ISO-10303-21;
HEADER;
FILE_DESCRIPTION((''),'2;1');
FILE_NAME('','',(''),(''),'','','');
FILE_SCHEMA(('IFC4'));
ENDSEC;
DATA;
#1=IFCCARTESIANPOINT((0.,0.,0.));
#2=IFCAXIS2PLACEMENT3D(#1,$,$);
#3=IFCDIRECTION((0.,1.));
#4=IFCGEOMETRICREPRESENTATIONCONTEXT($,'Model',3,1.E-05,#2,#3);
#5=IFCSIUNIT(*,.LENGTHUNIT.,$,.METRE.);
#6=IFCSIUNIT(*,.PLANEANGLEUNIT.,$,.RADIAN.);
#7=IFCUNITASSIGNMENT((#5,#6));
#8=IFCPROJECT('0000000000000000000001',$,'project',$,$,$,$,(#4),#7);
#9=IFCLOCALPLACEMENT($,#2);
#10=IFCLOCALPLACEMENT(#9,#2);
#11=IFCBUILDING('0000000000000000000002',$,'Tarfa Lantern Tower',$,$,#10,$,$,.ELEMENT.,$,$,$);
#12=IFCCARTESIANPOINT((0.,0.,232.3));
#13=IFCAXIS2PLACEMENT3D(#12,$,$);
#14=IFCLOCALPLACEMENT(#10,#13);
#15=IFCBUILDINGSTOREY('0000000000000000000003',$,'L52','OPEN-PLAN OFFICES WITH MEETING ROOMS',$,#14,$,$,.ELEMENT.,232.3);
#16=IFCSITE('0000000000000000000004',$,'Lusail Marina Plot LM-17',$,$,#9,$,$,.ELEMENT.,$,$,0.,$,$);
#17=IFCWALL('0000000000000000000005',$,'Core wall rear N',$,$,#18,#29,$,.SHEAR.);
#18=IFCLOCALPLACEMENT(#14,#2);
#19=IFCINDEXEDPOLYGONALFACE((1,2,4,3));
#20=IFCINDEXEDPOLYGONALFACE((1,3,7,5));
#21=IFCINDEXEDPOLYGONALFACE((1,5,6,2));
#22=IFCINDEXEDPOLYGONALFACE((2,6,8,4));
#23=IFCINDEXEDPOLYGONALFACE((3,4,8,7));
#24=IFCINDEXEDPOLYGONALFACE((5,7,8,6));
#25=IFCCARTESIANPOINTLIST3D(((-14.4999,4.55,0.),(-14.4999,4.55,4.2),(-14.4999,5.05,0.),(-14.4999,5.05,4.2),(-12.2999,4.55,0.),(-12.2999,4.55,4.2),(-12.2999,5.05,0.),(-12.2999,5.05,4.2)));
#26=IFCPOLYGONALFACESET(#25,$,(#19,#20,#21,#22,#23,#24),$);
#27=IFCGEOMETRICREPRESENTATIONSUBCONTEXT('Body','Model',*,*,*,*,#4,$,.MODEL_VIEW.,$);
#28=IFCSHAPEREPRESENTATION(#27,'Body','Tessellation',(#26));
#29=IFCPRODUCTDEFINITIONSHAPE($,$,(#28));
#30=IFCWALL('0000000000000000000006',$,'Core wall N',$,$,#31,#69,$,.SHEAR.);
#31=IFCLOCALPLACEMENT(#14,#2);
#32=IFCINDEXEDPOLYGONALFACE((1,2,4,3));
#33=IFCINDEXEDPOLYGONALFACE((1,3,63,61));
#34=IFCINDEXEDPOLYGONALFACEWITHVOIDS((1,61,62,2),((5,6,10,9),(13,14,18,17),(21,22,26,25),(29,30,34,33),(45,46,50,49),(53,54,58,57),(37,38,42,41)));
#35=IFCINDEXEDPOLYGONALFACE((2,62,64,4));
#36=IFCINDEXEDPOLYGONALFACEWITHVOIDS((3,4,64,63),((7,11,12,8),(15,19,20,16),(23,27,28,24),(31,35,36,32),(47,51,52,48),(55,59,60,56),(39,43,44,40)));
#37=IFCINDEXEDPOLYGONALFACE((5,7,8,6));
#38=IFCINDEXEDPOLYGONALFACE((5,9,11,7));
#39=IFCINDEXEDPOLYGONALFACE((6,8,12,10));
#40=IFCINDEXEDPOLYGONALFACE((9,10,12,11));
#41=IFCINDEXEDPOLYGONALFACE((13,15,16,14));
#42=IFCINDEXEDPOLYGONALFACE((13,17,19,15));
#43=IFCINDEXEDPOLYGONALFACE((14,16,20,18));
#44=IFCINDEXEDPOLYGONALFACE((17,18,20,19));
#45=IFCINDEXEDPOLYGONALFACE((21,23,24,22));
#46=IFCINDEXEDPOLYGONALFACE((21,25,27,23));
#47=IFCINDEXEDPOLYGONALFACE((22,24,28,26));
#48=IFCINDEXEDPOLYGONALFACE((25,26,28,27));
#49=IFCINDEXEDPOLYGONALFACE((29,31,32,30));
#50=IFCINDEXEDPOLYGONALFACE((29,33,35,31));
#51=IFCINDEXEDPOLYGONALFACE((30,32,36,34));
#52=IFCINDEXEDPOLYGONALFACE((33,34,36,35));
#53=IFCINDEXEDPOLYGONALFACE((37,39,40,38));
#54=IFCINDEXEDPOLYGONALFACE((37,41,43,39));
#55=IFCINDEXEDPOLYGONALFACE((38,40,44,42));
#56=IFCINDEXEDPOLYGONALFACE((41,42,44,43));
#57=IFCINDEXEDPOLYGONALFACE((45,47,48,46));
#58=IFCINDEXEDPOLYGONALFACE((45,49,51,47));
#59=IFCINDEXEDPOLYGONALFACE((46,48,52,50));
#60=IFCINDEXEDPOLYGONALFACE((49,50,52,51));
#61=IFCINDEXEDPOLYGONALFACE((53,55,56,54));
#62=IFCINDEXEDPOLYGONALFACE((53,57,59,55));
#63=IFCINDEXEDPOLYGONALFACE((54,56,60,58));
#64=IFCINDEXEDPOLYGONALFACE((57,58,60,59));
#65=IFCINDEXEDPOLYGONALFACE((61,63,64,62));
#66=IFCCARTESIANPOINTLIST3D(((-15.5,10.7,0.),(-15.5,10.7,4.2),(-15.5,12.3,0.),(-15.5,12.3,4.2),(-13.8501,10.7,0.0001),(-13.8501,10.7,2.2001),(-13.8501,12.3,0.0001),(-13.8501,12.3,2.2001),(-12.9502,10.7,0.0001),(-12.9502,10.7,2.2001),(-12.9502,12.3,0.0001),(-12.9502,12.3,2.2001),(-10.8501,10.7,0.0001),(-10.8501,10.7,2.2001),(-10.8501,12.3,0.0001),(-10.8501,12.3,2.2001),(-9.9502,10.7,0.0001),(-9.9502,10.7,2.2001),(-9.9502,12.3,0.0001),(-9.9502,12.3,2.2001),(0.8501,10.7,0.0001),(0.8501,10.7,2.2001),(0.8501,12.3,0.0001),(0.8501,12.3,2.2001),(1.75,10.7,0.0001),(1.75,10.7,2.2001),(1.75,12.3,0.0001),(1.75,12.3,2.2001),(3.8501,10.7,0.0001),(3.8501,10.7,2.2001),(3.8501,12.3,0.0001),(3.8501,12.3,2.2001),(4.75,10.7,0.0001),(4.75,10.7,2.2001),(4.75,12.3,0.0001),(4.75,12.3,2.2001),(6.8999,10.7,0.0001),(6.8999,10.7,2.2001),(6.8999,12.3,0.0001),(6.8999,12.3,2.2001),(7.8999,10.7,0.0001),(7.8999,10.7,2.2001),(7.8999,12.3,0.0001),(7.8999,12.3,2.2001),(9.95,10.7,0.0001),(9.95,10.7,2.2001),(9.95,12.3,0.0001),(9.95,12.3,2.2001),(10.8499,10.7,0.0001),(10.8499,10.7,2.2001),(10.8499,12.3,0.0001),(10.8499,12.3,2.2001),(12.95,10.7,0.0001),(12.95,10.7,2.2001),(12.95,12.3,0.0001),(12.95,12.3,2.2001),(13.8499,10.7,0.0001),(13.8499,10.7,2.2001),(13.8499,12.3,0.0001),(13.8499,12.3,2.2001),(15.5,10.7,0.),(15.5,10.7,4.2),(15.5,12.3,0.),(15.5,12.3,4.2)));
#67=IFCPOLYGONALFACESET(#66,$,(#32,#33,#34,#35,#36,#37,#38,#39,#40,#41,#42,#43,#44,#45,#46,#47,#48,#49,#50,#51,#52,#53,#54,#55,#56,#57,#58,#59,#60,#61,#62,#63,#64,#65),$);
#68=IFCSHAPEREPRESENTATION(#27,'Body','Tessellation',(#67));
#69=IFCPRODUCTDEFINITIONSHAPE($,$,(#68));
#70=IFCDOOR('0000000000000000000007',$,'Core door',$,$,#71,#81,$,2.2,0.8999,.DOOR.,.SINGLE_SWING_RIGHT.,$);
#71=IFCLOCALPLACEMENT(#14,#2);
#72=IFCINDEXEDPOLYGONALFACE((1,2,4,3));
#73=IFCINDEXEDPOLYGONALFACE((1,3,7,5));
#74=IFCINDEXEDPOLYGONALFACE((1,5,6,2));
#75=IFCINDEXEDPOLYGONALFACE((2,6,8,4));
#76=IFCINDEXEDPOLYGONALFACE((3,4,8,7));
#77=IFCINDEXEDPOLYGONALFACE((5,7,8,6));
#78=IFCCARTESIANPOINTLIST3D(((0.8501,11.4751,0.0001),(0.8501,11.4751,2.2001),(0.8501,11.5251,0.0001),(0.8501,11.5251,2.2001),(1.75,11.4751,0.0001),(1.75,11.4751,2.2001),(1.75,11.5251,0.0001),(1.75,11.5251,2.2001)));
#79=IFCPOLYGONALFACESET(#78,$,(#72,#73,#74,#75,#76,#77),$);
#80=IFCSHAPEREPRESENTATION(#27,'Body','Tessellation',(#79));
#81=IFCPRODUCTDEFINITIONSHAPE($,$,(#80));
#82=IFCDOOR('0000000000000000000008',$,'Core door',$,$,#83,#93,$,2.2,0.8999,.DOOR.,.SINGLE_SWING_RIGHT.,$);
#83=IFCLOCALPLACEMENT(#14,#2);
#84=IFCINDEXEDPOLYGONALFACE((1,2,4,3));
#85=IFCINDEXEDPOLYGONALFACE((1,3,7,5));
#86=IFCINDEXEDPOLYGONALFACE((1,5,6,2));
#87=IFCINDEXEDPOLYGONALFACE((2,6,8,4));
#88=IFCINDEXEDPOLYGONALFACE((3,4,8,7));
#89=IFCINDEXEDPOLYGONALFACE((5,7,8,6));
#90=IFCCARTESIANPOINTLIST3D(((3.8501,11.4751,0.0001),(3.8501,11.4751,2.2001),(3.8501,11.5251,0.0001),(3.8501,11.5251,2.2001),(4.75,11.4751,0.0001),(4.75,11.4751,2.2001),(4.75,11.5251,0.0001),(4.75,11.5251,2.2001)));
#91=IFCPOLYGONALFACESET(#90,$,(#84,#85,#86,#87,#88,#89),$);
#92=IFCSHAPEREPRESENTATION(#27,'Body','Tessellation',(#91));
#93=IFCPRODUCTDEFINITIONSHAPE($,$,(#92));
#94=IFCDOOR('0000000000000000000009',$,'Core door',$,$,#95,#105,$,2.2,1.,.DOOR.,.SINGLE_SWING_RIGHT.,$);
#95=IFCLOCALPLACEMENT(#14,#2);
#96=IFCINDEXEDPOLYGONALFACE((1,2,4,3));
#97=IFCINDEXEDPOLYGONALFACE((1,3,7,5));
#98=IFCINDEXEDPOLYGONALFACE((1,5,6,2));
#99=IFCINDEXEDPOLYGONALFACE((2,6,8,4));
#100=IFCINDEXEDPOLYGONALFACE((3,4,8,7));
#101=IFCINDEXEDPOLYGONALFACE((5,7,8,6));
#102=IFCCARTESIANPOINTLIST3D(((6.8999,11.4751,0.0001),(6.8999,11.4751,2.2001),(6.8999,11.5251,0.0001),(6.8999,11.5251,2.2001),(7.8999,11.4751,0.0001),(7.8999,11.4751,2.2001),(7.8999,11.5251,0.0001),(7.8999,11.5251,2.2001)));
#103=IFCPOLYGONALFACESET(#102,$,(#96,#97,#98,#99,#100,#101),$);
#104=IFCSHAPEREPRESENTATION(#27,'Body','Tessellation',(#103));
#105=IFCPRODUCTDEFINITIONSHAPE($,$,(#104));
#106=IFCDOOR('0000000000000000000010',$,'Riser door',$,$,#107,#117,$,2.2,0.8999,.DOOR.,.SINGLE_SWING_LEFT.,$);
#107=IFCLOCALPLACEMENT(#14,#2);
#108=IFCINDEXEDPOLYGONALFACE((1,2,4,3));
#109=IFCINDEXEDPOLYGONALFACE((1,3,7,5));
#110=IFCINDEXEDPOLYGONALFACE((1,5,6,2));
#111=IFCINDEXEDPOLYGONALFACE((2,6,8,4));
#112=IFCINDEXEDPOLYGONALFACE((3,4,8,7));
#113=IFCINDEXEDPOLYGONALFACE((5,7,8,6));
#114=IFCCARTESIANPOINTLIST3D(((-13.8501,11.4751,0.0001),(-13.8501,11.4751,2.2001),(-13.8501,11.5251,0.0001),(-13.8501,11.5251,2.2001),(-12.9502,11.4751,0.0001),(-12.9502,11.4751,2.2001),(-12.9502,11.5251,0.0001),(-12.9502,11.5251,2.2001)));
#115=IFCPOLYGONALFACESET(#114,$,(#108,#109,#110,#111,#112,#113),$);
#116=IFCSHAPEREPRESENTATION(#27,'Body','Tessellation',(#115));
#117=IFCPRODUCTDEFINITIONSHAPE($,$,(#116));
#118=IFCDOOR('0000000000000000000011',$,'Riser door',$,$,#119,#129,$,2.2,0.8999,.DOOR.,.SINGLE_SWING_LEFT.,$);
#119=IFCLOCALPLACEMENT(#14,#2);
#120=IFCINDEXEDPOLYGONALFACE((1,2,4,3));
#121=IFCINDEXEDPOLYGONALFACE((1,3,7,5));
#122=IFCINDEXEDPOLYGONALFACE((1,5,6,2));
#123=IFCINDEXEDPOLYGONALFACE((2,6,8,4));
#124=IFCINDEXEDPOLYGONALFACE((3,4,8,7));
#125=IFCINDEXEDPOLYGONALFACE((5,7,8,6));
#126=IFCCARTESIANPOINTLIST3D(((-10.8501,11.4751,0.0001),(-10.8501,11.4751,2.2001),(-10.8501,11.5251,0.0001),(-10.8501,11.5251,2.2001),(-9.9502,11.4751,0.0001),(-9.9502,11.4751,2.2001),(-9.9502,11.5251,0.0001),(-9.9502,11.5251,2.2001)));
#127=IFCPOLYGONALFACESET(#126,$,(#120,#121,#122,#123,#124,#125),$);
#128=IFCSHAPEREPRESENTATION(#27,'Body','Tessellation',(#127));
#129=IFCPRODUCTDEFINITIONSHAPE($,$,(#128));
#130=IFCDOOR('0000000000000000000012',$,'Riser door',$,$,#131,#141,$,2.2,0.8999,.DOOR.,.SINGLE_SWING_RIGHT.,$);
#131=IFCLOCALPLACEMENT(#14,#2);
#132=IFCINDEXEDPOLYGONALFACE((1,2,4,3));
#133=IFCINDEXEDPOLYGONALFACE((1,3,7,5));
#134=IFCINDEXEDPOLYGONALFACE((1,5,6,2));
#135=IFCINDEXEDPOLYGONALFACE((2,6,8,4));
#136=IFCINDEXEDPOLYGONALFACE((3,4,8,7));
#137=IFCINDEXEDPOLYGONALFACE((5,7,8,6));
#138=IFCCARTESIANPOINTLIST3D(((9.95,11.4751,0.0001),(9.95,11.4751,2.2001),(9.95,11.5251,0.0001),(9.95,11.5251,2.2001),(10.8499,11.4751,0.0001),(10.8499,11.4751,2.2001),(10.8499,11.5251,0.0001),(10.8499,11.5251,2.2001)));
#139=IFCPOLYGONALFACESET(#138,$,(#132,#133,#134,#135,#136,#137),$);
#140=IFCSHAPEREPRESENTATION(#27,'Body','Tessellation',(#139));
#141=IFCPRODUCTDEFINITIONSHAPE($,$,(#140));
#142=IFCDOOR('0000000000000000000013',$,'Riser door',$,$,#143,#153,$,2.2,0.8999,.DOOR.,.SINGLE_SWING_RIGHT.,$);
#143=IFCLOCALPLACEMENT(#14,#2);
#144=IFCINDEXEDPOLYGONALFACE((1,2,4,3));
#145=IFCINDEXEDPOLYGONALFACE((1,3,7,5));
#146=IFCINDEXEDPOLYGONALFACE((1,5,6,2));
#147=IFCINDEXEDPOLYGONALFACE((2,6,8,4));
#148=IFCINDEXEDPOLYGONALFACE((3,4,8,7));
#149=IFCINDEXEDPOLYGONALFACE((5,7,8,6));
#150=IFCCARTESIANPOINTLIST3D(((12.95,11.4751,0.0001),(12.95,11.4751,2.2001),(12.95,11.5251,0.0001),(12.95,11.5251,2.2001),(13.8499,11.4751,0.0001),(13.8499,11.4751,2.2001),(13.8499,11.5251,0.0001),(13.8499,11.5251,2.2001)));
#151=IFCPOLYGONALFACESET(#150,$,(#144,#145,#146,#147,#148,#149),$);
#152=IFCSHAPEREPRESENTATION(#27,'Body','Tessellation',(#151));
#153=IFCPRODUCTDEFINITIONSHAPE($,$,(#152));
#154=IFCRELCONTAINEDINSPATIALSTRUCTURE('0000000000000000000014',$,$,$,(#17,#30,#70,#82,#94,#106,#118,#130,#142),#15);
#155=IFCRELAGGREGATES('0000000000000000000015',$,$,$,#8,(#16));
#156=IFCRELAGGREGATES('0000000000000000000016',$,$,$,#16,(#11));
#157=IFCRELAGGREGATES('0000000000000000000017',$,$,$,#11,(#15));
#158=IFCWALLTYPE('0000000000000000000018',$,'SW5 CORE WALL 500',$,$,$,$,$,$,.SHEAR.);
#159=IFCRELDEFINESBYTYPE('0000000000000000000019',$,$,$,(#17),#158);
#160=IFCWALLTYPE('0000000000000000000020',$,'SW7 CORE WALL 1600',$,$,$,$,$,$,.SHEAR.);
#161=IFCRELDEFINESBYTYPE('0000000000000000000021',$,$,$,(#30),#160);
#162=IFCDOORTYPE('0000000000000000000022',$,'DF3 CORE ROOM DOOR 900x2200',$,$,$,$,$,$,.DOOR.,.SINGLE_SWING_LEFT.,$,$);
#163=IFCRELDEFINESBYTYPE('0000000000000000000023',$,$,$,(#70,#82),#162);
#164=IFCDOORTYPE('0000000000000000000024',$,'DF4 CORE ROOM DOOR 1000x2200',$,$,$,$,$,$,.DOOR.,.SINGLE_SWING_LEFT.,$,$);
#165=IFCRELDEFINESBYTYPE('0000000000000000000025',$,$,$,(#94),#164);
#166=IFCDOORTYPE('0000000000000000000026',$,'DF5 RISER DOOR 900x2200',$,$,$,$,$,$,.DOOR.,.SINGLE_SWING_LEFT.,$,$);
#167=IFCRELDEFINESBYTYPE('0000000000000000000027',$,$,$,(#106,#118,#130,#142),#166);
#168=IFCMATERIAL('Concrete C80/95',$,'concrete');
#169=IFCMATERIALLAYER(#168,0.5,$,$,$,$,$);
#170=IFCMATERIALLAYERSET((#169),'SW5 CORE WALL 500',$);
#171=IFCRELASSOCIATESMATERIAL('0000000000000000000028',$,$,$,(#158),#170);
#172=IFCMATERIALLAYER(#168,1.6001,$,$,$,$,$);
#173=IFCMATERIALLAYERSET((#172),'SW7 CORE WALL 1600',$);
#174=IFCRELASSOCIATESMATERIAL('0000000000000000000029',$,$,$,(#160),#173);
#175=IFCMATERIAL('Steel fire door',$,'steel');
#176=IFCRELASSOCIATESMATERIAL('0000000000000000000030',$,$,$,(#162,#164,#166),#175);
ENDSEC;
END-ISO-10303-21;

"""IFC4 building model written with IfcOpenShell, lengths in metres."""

from ifc_helpers import new_model, si_unit, direction, frame, frame_2d, origin, place, context, subcontext, project, spatial, rectangle, extrude, material, layer, layer_set, type_object, element, fill, save


model = new_model("IFC4")

# Units and contexts
model_context = context("Model", 3, precision=1e-05, world=origin(), true_north=direction((0.0, 1.0)))
body_context = subcontext(model_context, "Body", "Model", "MODEL_VIEW")
ifc_project = project(units=[si_unit("LENGTHUNIT", "METRE"), si_unit("PLANEANGLEUNIT", "RADIAN")], contexts=[model_context])

# Site, building, storey
site_placement = place(None, origin())
site = spatial("IfcSite", under=ifc_project, at=site_placement, Name="Lusail Marina Plot LM-17", CompositionType="ELEMENT", RefElevation=0.0)
building_placement = place(site_placement, origin())
building = spatial("IfcBuilding", under=site, at=building_placement, Name="Tarfa Lantern Tower", CompositionType="ELEMENT")
storey_placement = place(building_placement, frame((0.0, 0.0, 232.3)))
storey = spatial("IfcBuildingStorey", under=building, at=storey_placement, Name="L52", Description="OPEN-PLAN OFFICES WITH MEETING ROOMS", CompositionType="ELEMENT", Elevation=232.3)

# Shared definitions
ifc_material_1 = material(Name="Concrete C80/95", Category="concrete")
ifc_material_2 = material(Name="Steel fire door", Category="steel")

# Wall
ifc_layer_1 = layer(ifc_material_1, 0.5)
ifc_layer_set_1 = layer_set([ifc_layer_1], Name="SW5 CORE WALL 500")
wall_type_1 = type_object("IfcWallType", Name="SW5 CORE WALL 500", PredefinedType="SHEAR", material=ifc_layer_set_1)
wall_1_placement = place(storey_placement, frame((-14.5, 4.8, 0.0), z_axis=(0.0, 0.0, 1.0), x_axis=(1.0, 0.0, 0.0)))
element("IfcWall", 1, at=wall_1_placement, inside=storey, type_object=wall_type_1, Name="Core wall rear N", PredefinedType="SHEAR", context=body_context, shape_type="SweptSolid", body=[
    extrude(rectangle(XDim=2.2, YDim=0.5, at=frame_2d((1.1001, 0.0))), origin(), (0.0, 0.0, 1.0), 4.2),
])

# Wall, openings, doors
ifc_layer_2 = layer(ifc_material_1, 1.6001)
ifc_layer_set_2 = layer_set([ifc_layer_2], Name="SW7 CORE WALL 1600")
wall_type_2 = type_object("IfcWallType", Name="SW7 CORE WALL 1600", PredefinedType="SHEAR", material=ifc_layer_set_2)
wall_2_placement = place(storey_placement, frame((-15.5, 11.5, 0.0), z_axis=(0.0, 0.0, 1.0), x_axis=(1.0, 0.0, 0.0)))
wall_2 = element("IfcWall", 2, at=wall_2_placement, inside=storey, type_object=wall_type_2, Name="Core wall N", PredefinedType="SHEAR", context=body_context, shape_type="SweptSolid", body=[
    extrude(rectangle(XDim=31.0, YDim=1.6001, at=frame_2d((15.5, 0.0))), origin(), (0.0, 0.0, 1.0), 4.2),
])
opening_1_placement = place(wall_2_placement, frame((16.3501, 0.0, 0.0)))
opening_1 = element("IfcOpeningElement", 3, at=opening_1_placement, cuts=wall_2, PredefinedType="OPENING", context=body_context, shape_type="SweptSolid", body=[
    extrude(rectangle(XDim=0.8999, YDim=2.2, at=frame_2d((0.45, 1.1001))), frame((0.0, 0.8101, 0.0), z_axis=(0.0, -1.0, 0.0), x_axis=(1.0, 0.0, 0.0)), (0.0, 0.0, 1.0), 1.6201),
])
opening_2_placement = place(wall_2_placement, frame((19.3501, 0.0, 0.0)))
opening_2 = element("IfcOpeningElement", 4, at=opening_2_placement, cuts=wall_2, PredefinedType="OPENING", context=body_context, shape_type="SweptSolid", body=[
    extrude(rectangle(XDim=0.8999, YDim=2.2, at=frame_2d((0.45, 1.1001))), frame((0.0, 0.8101, 0.0), z_axis=(0.0, -1.0, 0.0), x_axis=(1.0, 0.0, 0.0)), (0.0, 0.0, 1.0), 1.6201),
])
opening_3_placement = place(wall_2_placement, frame((22.3999, 0.0, 0.0)))
opening_3 = element("IfcOpeningElement", 5, at=opening_3_placement, cuts=wall_2, PredefinedType="OPENING", context=body_context, shape_type="SweptSolid", body=[
    extrude(rectangle(XDim=1.0, YDim=2.2, at=frame_2d((0.5, 1.1001))), frame((0.0, 0.8101, 0.0), z_axis=(0.0, -1.0, 0.0), x_axis=(1.0, 0.0, 0.0)), (0.0, 0.0, 1.0), 1.6201),
])
opening_4_placement = place(wall_2_placement, frame((1.6499, 0.0, 0.0)))
opening_4 = element("IfcOpeningElement", 6, at=opening_4_placement, cuts=wall_2, PredefinedType="OPENING", context=body_context, shape_type="SweptSolid", body=[
    extrude(rectangle(XDim=0.8999, YDim=2.2, at=frame_2d((0.45, 1.1001))), frame((0.0, 0.8101, 0.0), z_axis=(0.0, -1.0, 0.0), x_axis=(1.0, 0.0, 0.0)), (0.0, 0.0, 1.0), 1.6201),
])
opening_5_placement = place(wall_2_placement, frame((4.6499, 0.0, 0.0)))
opening_5 = element("IfcOpeningElement", 7, at=opening_5_placement, cuts=wall_2, PredefinedType="OPENING", context=body_context, shape_type="SweptSolid", body=[
    extrude(rectangle(XDim=0.8999, YDim=2.2, at=frame_2d((0.45, 1.1001))), frame((0.0, 0.8101, 0.0), z_axis=(0.0, -1.0, 0.0), x_axis=(1.0, 0.0, 0.0)), (0.0, 0.0, 1.0), 1.6201),
])
opening_6_placement = place(wall_2_placement, frame((25.45, 0.0, 0.0)))
opening_6 = element("IfcOpeningElement", 8, at=opening_6_placement, cuts=wall_2, PredefinedType="OPENING", context=body_context, shape_type="SweptSolid", body=[
    extrude(rectangle(XDim=0.8999, YDim=2.2, at=frame_2d((0.45, 1.1001))), frame((0.0, 0.8101, 0.0), z_axis=(0.0, -1.0, 0.0), x_axis=(1.0, 0.0, 0.0)), (0.0, 0.0, 1.0), 1.6201),
])
opening_7_placement = place(wall_2_placement, frame((28.45, 0.0, 0.0)))
opening_7 = element("IfcOpeningElement", 9, at=opening_7_placement, cuts=wall_2, PredefinedType="OPENING", context=body_context, shape_type="SweptSolid", body=[
    extrude(rectangle(XDim=0.8999, YDim=2.2, at=frame_2d((0.45, 1.1001))), frame((0.0, 0.8101, 0.0), z_axis=(0.0, -1.0, 0.0), x_axis=(1.0, 0.0, 0.0)), (0.0, 0.0, 1.0), 1.6201),
])
door_type_1 = type_object("IfcDoorType", Name="DF3 CORE ROOM DOOR 900x2200", OperationType="SINGLE_SWING_LEFT", PredefinedType="DOOR", material=ifc_material_2)
door_1_placement = place(opening_1_placement, frame((0.8999, 0.0, 0.0), z_axis=(0.0, 0.0, 1.0), x_axis=(-1.0, 0.0, 0.0)))
door_1 = element("IfcDoor", 10, at=door_1_placement, inside=storey, type_object=door_type_1, Name="Core door", OperationType="SINGLE_SWING_RIGHT", OverallHeight=2.2, OverallWidth=0.8999, PredefinedType="DOOR", context=body_context, shape_type="SweptSolid", body=[
    extrude(rectangle(XDim=0.8999, YDim=2.2, at=frame_2d((0.45, 1.1001))), frame((0.0, 0.0249, 0.0), z_axis=(0.0, -1.0, 0.0), x_axis=(1.0, 0.0, 0.0)), (0.0, 0.0, 1.0), 0.05),
])
fill(opening_1, door_1)
door_2_placement = place(opening_2_placement, frame((0.8999, 0.0, 0.0), z_axis=(0.0, 0.0, 1.0), x_axis=(-1.0, 0.0, 0.0)))
door_2 = element("IfcDoor", 11, at=door_2_placement, inside=storey, type_object=door_type_1, Name="Core door", OperationType="SINGLE_SWING_RIGHT", OverallHeight=2.2, OverallWidth=0.8999, PredefinedType="DOOR", context=body_context, shape_type="SweptSolid", body=[
    extrude(rectangle(XDim=0.8999, YDim=2.2, at=frame_2d((0.45, 1.1001))), frame((0.0, 0.0249, 0.0), z_axis=(0.0, -1.0, 0.0), x_axis=(1.0, 0.0, 0.0)), (0.0, 0.0, 1.0), 0.05),
])
fill(opening_2, door_2)
door_type_2 = type_object("IfcDoorType", Name="DF4 CORE ROOM DOOR 1000x2200", OperationType="SINGLE_SWING_LEFT", PredefinedType="DOOR", material=ifc_material_2)
door_3_placement = place(opening_3_placement, frame((1.0, 0.0, 0.0), z_axis=(0.0, 0.0, 1.0), x_axis=(-1.0, 0.0, 0.0)))
door_3 = element("IfcDoor", 12, at=door_3_placement, inside=storey, type_object=door_type_2, Name="Core door", OperationType="SINGLE_SWING_RIGHT", OverallHeight=2.2, OverallWidth=1.0, PredefinedType="DOOR", context=body_context, shape_type="SweptSolid", body=[
    extrude(rectangle(XDim=1.0, YDim=2.2, at=frame_2d((0.5, 1.1001))), frame((0.0, 0.0249, 0.0), z_axis=(0.0, -1.0, 0.0), x_axis=(1.0, 0.0, 0.0)), (0.0, 0.0, 1.0), 0.05),
])
fill(opening_3, door_3)
door_type_3 = type_object("IfcDoorType", Name="DF5 RISER DOOR 900x2200", OperationType="SINGLE_SWING_LEFT", PredefinedType="DOOR", material=ifc_material_2)
door_4_placement = place(opening_4_placement, frame((0.8999, 0.0, 0.0), z_axis=(0.0, 0.0, 1.0), x_axis=(-1.0, 0.0, 0.0)))
door_4 = element("IfcDoor", 13, at=door_4_placement, inside=storey, type_object=door_type_3, Name="Riser door", OperationType="SINGLE_SWING_LEFT", OverallHeight=2.2, OverallWidth=0.8999, PredefinedType="DOOR", context=body_context, shape_type="SweptSolid", body=[
    extrude(rectangle(XDim=0.8999, YDim=2.2, at=frame_2d((0.45, 1.1001))), frame((0.0, 0.0249, 0.0), z_axis=(0.0, -1.0, 0.0), x_axis=(1.0, 0.0, 0.0)), (0.0, 0.0, 1.0), 0.05),
])
fill(opening_4, door_4)
door_5_placement = place(opening_5_placement, frame((0.8999, 0.0, 0.0), z_axis=(0.0, 0.0, 1.0), x_axis=(-1.0, 0.0, 0.0)))
door_5 = element("IfcDoor", 14, at=door_5_placement, inside=storey, type_object=door_type_3, Name="Riser door", OperationType="SINGLE_SWING_LEFT", OverallHeight=2.2, OverallWidth=0.8999, PredefinedType="DOOR", context=body_context, shape_type="SweptSolid", body=[
    extrude(rectangle(XDim=0.8999, YDim=2.2, at=frame_2d((0.45, 1.1001))), frame((0.0, 0.0249, 0.0), z_axis=(0.0, -1.0, 0.0), x_axis=(1.0, 0.0, 0.0)), (0.0, 0.0, 1.0), 0.05),
])
fill(opening_5, door_5)
door_6_placement = place(opening_6_placement, frame((0.8999, 0.0, 0.0), z_axis=(0.0, 0.0, 1.0), x_axis=(-1.0, 0.0, 0.0)))
door_6 = element("IfcDoor", 15, at=door_6_placement, inside=storey, type_object=door_type_3, Name="Riser door", OperationType="SINGLE_SWING_RIGHT", OverallHeight=2.2, OverallWidth=0.8999, PredefinedType="DOOR", context=body_context, shape_type="SweptSolid", body=[
    extrude(rectangle(XDim=0.8999, YDim=2.2, at=frame_2d((0.45, 1.1001))), frame((0.0, 0.0249, 0.0), z_axis=(0.0, -1.0, 0.0), x_axis=(1.0, 0.0, 0.0)), (0.0, 0.0, 1.0), 0.05),
])
fill(opening_6, door_6)
door_7_placement = place(opening_7_placement, frame((0.8999, 0.0, 0.0), z_axis=(0.0, 0.0, 1.0), x_axis=(-1.0, 0.0, 0.0)))
door_7 = element("IfcDoor", 16, at=door_7_placement, inside=storey, type_object=door_type_3, Name="Riser door", OperationType="SINGLE_SWING_RIGHT", OverallHeight=2.2, OverallWidth=0.8999, PredefinedType="DOOR", context=body_context, shape_type="SweptSolid", body=[
    extrude(rectangle(XDim=0.8999, YDim=2.2, at=frame_2d((0.45, 1.1001))), frame((0.0, 0.0249, 0.0), z_axis=(0.0, -1.0, 0.0), x_axis=(1.0, 0.0, 0.0)), (0.0, 0.0, 1.0), 0.05),
])
fill(opening_7, door_7)

save(model, "model.ifc")
